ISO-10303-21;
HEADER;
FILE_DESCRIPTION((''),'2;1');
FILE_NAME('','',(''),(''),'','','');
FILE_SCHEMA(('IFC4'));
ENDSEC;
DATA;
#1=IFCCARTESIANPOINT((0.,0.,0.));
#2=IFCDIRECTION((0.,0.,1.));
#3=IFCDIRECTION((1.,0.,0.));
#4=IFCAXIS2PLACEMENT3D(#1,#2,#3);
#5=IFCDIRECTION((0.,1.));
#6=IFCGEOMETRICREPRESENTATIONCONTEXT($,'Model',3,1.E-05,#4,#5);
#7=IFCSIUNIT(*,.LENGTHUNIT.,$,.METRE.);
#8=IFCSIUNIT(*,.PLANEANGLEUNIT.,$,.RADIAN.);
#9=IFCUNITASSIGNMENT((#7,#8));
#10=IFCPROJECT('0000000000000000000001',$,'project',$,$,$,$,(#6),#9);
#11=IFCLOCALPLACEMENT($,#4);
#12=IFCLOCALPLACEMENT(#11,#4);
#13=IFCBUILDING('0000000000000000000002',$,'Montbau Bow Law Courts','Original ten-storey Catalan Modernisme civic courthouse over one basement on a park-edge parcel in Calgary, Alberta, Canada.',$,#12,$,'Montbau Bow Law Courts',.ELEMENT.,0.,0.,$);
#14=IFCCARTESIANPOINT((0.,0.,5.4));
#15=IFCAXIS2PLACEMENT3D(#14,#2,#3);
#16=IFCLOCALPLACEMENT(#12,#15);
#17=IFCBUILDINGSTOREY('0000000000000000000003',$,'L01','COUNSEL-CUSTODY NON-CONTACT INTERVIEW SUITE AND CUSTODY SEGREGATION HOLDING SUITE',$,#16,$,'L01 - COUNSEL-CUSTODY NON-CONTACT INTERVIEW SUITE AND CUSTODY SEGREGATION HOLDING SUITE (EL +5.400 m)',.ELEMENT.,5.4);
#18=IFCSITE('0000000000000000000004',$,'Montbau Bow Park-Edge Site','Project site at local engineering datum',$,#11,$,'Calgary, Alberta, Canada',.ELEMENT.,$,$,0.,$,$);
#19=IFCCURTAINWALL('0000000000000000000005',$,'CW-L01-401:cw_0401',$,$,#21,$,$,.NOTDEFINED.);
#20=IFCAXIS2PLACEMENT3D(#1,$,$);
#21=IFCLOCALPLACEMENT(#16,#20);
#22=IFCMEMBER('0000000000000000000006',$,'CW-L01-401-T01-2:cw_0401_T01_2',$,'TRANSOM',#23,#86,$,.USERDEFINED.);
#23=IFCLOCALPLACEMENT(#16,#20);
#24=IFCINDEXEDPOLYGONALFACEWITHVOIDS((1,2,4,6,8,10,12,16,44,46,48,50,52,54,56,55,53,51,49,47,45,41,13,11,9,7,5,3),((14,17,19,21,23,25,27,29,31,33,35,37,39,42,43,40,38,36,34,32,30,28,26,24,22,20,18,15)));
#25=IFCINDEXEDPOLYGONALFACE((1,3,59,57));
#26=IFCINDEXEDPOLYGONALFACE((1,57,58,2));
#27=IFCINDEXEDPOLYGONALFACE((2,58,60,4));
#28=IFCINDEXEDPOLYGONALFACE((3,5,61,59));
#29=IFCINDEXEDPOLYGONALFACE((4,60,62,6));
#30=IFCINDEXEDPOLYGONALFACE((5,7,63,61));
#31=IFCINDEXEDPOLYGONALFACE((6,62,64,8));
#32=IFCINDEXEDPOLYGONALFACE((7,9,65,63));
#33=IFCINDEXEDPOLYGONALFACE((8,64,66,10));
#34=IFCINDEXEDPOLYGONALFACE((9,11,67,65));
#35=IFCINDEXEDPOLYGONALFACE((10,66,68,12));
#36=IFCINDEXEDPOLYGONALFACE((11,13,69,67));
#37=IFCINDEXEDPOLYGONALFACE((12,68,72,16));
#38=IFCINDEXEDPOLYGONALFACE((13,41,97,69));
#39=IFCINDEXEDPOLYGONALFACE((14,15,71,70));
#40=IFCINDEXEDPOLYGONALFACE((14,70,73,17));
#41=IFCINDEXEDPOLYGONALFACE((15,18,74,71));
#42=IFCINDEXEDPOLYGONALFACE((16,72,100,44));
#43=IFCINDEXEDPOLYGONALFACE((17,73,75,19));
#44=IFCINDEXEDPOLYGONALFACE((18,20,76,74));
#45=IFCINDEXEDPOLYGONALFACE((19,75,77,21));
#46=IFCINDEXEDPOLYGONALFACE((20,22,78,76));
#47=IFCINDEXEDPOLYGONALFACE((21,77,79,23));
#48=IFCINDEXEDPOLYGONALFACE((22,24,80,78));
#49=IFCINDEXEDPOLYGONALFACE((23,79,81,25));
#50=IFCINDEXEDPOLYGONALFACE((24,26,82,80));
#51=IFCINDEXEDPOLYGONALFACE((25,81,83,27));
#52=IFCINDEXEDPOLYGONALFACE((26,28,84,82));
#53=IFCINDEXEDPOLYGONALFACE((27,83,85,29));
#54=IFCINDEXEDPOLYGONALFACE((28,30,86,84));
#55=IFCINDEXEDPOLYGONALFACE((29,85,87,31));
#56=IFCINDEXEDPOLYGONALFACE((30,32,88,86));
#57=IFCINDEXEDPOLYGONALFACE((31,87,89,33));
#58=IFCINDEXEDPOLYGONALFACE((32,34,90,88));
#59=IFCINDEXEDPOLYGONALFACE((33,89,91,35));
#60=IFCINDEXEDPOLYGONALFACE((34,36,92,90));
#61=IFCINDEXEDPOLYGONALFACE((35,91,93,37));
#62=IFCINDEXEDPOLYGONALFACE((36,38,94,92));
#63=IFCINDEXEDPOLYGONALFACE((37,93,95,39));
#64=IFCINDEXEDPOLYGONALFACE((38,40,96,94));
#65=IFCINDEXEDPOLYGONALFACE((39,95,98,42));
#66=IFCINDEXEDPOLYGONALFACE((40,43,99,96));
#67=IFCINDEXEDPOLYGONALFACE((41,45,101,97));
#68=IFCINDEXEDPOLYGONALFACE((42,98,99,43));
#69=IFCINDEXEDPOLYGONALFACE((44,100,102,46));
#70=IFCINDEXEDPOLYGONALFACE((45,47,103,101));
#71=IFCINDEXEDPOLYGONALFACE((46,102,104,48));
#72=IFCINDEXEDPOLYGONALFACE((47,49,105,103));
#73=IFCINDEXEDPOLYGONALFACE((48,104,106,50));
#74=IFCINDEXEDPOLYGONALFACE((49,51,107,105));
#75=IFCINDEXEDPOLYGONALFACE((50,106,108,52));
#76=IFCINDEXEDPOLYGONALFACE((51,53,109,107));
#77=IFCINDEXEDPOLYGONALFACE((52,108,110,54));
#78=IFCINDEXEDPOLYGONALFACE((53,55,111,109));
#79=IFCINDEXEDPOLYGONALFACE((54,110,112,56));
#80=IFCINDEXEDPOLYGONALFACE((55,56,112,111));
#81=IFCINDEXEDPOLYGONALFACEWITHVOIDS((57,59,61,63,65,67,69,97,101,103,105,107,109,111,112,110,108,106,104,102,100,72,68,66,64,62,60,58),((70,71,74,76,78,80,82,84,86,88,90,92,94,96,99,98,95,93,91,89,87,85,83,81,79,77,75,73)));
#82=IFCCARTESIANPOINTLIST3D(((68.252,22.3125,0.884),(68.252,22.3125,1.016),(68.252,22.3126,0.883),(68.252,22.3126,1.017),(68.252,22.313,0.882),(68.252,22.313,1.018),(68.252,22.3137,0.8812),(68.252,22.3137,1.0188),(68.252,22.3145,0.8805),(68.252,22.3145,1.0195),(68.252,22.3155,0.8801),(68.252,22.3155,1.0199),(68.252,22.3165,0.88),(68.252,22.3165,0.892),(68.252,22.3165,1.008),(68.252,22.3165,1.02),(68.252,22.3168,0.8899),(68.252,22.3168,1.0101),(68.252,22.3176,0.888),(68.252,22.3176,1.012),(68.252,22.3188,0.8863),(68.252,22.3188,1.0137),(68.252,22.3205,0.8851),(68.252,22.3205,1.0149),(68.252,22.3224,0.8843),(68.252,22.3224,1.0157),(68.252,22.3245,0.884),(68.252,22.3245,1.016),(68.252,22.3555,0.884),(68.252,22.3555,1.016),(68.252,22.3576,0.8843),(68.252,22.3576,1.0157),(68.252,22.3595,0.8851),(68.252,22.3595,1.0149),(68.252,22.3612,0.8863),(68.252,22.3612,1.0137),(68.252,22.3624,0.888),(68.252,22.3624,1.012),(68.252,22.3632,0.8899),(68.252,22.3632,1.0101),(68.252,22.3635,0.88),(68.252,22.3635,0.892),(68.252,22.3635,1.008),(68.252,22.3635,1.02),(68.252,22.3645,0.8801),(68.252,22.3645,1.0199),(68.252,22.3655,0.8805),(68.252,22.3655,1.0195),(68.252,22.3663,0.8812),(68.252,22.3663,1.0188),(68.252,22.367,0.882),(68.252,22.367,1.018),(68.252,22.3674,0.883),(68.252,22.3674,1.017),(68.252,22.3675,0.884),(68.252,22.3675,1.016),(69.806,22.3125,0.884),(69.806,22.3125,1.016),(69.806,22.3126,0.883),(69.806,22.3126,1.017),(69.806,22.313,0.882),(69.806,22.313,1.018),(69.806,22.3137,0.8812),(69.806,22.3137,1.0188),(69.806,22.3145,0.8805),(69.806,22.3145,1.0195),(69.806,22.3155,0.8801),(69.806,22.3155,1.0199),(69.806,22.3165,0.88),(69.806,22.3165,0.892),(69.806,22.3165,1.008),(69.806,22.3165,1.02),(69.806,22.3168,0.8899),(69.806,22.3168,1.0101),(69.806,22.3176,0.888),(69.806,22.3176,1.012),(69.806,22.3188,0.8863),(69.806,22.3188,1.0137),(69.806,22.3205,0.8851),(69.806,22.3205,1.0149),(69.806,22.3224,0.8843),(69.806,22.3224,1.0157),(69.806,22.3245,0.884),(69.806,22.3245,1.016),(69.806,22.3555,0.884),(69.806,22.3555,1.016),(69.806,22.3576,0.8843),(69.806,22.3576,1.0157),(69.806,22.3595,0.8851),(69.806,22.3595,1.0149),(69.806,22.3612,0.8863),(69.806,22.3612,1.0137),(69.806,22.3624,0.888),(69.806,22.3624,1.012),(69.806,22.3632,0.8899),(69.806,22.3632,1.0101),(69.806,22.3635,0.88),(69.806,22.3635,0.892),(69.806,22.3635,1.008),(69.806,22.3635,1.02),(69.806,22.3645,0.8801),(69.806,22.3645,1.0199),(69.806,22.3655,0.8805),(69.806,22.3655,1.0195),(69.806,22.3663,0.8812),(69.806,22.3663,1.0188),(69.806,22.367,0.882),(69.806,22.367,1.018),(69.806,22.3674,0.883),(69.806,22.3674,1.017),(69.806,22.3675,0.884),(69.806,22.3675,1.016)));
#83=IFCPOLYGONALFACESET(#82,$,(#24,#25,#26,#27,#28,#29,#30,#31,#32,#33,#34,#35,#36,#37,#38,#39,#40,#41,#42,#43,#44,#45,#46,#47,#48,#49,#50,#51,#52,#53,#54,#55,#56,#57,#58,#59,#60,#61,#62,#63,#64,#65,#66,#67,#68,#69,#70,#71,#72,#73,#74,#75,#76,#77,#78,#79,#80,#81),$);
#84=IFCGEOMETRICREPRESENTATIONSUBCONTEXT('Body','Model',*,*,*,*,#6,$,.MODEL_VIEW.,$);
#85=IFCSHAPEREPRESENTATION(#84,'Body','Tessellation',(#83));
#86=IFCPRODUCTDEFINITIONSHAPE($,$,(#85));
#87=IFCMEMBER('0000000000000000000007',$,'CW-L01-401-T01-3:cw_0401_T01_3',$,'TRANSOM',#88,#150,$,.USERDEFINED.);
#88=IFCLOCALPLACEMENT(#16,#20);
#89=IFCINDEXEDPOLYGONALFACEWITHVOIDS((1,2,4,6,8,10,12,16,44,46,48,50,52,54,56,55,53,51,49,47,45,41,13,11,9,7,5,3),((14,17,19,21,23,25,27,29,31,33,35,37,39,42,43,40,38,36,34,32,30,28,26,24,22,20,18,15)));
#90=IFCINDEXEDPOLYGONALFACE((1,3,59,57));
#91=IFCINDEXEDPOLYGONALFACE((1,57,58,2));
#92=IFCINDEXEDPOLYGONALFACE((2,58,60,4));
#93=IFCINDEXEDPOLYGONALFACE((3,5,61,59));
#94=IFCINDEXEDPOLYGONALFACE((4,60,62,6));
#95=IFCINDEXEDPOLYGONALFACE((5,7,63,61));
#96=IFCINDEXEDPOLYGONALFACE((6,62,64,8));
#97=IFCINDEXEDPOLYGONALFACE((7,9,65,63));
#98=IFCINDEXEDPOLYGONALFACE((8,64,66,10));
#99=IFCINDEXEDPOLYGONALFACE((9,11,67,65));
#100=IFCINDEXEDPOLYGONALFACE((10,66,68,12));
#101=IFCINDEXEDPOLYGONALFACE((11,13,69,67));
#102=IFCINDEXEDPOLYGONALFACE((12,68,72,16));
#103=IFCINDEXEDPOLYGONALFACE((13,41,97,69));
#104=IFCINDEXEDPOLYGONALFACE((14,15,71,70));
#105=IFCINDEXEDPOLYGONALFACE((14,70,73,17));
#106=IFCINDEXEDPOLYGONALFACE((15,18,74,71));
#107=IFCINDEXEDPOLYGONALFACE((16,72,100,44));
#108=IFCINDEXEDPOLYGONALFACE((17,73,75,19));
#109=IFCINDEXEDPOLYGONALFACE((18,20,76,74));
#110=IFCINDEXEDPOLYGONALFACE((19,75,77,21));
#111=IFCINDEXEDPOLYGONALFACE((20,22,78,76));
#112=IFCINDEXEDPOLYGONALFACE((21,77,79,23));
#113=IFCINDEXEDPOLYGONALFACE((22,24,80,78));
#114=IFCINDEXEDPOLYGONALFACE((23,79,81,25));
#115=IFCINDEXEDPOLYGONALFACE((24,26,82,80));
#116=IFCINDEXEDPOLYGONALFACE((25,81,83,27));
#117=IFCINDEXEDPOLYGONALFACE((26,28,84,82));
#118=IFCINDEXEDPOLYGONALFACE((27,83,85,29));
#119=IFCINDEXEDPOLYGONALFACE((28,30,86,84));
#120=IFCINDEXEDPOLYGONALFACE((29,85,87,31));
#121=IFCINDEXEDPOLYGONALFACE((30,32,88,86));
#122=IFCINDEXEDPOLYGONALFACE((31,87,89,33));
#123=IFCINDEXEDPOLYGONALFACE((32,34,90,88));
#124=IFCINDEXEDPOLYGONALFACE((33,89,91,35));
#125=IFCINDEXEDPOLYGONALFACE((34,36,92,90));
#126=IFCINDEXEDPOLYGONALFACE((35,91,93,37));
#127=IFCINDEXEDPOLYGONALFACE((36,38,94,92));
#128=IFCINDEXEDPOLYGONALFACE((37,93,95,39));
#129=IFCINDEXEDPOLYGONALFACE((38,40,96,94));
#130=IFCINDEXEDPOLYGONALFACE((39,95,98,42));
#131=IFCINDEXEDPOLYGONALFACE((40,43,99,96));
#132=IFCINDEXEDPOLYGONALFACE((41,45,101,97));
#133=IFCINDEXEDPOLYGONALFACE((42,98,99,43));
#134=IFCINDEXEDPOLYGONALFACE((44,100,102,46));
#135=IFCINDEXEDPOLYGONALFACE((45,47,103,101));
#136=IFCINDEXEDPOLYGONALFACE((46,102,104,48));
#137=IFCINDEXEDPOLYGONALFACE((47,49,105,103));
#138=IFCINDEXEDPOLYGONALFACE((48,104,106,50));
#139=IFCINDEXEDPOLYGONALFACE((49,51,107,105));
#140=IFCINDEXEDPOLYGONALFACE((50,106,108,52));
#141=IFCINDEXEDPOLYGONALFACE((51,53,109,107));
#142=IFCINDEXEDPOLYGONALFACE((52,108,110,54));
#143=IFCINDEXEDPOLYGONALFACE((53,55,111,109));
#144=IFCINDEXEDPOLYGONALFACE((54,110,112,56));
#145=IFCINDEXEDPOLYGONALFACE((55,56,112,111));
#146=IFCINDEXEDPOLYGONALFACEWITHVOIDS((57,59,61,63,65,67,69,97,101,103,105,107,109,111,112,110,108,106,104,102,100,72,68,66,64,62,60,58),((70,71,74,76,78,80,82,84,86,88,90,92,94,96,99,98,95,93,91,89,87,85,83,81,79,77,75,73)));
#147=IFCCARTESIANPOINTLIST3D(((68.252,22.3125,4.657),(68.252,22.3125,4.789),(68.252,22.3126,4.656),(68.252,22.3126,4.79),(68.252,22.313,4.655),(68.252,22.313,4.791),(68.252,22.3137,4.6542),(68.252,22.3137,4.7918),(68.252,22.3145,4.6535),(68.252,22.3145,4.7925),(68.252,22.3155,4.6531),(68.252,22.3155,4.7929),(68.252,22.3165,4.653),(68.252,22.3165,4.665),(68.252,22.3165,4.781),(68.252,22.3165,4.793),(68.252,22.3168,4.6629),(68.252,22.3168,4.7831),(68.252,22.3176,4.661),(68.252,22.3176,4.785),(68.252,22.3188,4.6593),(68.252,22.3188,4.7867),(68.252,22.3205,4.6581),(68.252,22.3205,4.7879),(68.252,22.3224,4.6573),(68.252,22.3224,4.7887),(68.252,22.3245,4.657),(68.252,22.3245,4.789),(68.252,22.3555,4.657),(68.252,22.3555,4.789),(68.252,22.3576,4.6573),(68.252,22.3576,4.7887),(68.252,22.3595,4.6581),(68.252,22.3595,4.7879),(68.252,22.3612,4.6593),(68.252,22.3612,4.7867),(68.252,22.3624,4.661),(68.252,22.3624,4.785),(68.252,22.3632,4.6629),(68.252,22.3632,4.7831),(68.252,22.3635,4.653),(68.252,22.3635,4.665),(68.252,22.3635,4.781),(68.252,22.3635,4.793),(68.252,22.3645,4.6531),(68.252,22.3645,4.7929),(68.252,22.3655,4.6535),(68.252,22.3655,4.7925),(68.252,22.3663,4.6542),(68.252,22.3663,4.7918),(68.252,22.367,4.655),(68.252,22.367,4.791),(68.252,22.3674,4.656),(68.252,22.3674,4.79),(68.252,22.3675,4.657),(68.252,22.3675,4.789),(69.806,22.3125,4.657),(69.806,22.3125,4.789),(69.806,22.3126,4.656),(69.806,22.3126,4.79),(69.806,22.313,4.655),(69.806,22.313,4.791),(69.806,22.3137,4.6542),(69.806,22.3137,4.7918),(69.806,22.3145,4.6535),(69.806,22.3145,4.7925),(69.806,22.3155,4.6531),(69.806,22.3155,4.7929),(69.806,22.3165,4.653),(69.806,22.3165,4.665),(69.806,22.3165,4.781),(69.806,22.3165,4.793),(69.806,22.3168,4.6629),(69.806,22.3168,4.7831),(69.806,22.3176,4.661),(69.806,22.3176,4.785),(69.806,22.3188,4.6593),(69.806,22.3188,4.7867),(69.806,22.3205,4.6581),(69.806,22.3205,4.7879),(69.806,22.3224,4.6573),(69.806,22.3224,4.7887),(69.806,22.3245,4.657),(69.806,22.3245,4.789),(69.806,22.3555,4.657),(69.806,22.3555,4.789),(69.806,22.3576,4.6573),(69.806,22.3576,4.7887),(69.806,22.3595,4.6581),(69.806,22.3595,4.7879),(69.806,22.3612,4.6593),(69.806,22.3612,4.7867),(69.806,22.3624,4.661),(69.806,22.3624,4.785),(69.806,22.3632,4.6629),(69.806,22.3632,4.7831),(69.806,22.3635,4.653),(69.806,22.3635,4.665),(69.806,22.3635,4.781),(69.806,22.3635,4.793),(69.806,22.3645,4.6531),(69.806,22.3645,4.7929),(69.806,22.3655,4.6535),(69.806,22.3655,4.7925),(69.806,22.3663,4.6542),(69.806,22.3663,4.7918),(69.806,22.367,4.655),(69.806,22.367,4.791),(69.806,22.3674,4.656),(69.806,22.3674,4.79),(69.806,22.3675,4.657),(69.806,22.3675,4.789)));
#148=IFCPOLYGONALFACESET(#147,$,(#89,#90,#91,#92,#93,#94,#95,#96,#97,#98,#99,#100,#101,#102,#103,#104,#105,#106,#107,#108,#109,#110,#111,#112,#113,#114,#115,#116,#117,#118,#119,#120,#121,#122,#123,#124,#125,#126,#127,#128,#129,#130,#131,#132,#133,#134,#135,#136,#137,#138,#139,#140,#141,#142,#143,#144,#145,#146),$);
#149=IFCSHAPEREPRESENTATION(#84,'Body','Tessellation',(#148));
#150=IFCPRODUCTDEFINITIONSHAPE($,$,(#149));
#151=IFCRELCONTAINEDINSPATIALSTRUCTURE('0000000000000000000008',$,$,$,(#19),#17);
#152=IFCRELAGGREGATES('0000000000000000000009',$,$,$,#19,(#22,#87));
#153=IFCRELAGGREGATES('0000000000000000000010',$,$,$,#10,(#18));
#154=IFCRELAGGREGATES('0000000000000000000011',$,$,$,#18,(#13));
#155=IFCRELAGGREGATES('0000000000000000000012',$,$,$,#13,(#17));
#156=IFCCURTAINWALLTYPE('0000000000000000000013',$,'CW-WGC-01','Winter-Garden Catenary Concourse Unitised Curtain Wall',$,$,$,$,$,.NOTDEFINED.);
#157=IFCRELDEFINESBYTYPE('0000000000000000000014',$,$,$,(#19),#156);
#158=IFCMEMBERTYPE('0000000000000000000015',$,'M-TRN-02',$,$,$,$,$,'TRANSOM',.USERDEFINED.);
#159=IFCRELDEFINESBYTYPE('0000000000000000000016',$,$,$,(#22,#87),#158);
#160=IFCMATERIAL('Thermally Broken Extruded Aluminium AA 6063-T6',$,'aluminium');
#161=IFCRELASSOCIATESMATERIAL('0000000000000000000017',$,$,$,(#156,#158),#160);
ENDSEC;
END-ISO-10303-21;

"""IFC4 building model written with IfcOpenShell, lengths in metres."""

from ifc_helpers import new_model, si_unit, direction, frame, origin_with_axes, origin_2d_with_axis, place, context, subcontext, project, spatial, hollow_rectangle, extrude, material, material_profile, profile_set, type_object, element, aggregate, save


model = new_model("IFC4")

# Units and contexts
model_context = context("Model", 3, precision=1e-05, world=origin_with_axes(), true_north=direction((0.0, 1.0)))
body_context = subcontext(model_context, "Body", "Model", "MODEL_VIEW")
ifc_project = project(units=[si_unit("LENGTHUNIT", "METRE"), si_unit("PLANEANGLEUNIT", "RADIAN")], contexts=[model_context])

# Site, building, storey
site_placement = place(None, origin_with_axes())
site = spatial("IfcSite", under=ifc_project, at=site_placement, Name="Montbau Bow Park-Edge Site", Description="Project site at local engineering datum", LongName="Calgary, Alberta, Canada", CompositionType="ELEMENT", RefElevation=0.0)
building_placement = place(site_placement, origin_with_axes())
building = spatial("IfcBuilding", under=site, at=building_placement, Name="Montbau Bow Law Courts", Description="Original ten-storey Catalan Modernisme civic courthouse over one basement on a park-edge parcel in Calgary, Alberta, Canada.", LongName="Montbau Bow Law Courts", CompositionType="ELEMENT", ElevationOfRefHeight=0.0, ElevationOfTerrain=0.0)
storey_placement = place(building_placement, frame((0.0, 0.0, 5.4), z_axis=(0.0, 0.0, 1.0), x_axis=(1.0, 0.0, 0.0)))
storey = spatial("IfcBuildingStorey", under=building, at=storey_placement, Name="L01", Description="COUNSEL-CUSTODY NON-CONTACT INTERVIEW SUITE AND CUSTODY SEGREGATION HOLDING SUITE", LongName="L01 - COUNSEL-CUSTODY NON-CONTACT INTERVIEW SUITE AND CUSTODY SEGREGATION HOLDING SUITE (EL +5.400 m)", CompositionType="ELEMENT", Elevation=5.4)

# Shared definitions
ifc_material_1 = material(Name="Thermally Broken Extruded Aluminium AA 6063-T6", Category="aluminium")
curtain_wall_type_1 = type_object("IfcCurtainWallType", Name="CW-WGC-01", Description="Winter-Garden Catenary Concourse Unitised Curtain Wall", PredefinedType="NOTDEFINED", material=ifc_material_1)

# Curtain wall
curtain_wall_1_placement = place(None, frame((68.19, 22.34, 5.4), z_axis=(0.0, 0.0, 1.0), x_axis=(1.0, 0.0, 0.0)))
curtain_wall_1 = element("IfcCurtainWall", 1, at=curtain_wall_1_placement, inside=storey, type_object=curtain_wall_type_1, Name="CW-L01-401:cw_0401", PredefinedType="NOTDEFINED")

# Members
ifc_material_profile_1 = material_profile(ifc_material_1, hollow_rectangle(XDim=0.055, YDim=0.14, WallThickness=0.004, InnerFilletRadius=0.008, OuterFilletRadius=0.004, at=origin_2d_with_axis()), Name="CWT-140X55", Category="Main", Priority=0)
ifc_profile_set_1 = profile_set([ifc_material_profile_1], Name="Thermally Broken Extruded Aluminium AA 6063-T6")
member_type_1 = type_object("IfcMemberType", Name="M-TRN-02", ElementType="TRANSOM", PredefinedType="USERDEFINED", material=ifc_profile_set_1)
member_1_placement = place(None, frame((68.252, 22.34, 6.35), z_axis=(1.0, 0.0, 0.0), x_axis=(0.0, 1.0, 0.0)))
member_1 = element("IfcMember", 2, at=member_1_placement, type_object=member_type_1, Name="CW-L01-401-T01-2:cw_0401_T01_2", ObjectType="TRANSOM", PredefinedType="USERDEFINED", context=body_context, shape_type="SweptSolid", body=[
    extrude(hollow_rectangle(XDim=0.055, YDim=0.14, WallThickness=0.004, InnerFilletRadius=0.008, OuterFilletRadius=0.004, at=origin_2d_with_axis()), origin_with_axes(), (0.0, 0.0, 1.0), 1.554),
])
member_2_placement = place(None, frame((68.252, 22.34, 10.123), z_axis=(1.0, 0.0, 0.0), x_axis=(0.0, 1.0, 0.0)))
member_2 = element("IfcMember", 3, at=member_2_placement, type_object=member_type_1, Name="CW-L01-401-T01-3:cw_0401_T01_3", ObjectType="TRANSOM", PredefinedType="USERDEFINED", context=body_context, shape_type="SweptSolid", body=[
    extrude(hollow_rectangle(XDim=0.055, YDim=0.14, WallThickness=0.004, InnerFilletRadius=0.008, OuterFilletRadius=0.004, at=origin_2d_with_axis()), origin_with_axes(), (0.0, 0.0, 1.0), 1.554),
])

aggregate(curtain_wall_1, [member_1, member_2])

save(model, "model.ifc")
